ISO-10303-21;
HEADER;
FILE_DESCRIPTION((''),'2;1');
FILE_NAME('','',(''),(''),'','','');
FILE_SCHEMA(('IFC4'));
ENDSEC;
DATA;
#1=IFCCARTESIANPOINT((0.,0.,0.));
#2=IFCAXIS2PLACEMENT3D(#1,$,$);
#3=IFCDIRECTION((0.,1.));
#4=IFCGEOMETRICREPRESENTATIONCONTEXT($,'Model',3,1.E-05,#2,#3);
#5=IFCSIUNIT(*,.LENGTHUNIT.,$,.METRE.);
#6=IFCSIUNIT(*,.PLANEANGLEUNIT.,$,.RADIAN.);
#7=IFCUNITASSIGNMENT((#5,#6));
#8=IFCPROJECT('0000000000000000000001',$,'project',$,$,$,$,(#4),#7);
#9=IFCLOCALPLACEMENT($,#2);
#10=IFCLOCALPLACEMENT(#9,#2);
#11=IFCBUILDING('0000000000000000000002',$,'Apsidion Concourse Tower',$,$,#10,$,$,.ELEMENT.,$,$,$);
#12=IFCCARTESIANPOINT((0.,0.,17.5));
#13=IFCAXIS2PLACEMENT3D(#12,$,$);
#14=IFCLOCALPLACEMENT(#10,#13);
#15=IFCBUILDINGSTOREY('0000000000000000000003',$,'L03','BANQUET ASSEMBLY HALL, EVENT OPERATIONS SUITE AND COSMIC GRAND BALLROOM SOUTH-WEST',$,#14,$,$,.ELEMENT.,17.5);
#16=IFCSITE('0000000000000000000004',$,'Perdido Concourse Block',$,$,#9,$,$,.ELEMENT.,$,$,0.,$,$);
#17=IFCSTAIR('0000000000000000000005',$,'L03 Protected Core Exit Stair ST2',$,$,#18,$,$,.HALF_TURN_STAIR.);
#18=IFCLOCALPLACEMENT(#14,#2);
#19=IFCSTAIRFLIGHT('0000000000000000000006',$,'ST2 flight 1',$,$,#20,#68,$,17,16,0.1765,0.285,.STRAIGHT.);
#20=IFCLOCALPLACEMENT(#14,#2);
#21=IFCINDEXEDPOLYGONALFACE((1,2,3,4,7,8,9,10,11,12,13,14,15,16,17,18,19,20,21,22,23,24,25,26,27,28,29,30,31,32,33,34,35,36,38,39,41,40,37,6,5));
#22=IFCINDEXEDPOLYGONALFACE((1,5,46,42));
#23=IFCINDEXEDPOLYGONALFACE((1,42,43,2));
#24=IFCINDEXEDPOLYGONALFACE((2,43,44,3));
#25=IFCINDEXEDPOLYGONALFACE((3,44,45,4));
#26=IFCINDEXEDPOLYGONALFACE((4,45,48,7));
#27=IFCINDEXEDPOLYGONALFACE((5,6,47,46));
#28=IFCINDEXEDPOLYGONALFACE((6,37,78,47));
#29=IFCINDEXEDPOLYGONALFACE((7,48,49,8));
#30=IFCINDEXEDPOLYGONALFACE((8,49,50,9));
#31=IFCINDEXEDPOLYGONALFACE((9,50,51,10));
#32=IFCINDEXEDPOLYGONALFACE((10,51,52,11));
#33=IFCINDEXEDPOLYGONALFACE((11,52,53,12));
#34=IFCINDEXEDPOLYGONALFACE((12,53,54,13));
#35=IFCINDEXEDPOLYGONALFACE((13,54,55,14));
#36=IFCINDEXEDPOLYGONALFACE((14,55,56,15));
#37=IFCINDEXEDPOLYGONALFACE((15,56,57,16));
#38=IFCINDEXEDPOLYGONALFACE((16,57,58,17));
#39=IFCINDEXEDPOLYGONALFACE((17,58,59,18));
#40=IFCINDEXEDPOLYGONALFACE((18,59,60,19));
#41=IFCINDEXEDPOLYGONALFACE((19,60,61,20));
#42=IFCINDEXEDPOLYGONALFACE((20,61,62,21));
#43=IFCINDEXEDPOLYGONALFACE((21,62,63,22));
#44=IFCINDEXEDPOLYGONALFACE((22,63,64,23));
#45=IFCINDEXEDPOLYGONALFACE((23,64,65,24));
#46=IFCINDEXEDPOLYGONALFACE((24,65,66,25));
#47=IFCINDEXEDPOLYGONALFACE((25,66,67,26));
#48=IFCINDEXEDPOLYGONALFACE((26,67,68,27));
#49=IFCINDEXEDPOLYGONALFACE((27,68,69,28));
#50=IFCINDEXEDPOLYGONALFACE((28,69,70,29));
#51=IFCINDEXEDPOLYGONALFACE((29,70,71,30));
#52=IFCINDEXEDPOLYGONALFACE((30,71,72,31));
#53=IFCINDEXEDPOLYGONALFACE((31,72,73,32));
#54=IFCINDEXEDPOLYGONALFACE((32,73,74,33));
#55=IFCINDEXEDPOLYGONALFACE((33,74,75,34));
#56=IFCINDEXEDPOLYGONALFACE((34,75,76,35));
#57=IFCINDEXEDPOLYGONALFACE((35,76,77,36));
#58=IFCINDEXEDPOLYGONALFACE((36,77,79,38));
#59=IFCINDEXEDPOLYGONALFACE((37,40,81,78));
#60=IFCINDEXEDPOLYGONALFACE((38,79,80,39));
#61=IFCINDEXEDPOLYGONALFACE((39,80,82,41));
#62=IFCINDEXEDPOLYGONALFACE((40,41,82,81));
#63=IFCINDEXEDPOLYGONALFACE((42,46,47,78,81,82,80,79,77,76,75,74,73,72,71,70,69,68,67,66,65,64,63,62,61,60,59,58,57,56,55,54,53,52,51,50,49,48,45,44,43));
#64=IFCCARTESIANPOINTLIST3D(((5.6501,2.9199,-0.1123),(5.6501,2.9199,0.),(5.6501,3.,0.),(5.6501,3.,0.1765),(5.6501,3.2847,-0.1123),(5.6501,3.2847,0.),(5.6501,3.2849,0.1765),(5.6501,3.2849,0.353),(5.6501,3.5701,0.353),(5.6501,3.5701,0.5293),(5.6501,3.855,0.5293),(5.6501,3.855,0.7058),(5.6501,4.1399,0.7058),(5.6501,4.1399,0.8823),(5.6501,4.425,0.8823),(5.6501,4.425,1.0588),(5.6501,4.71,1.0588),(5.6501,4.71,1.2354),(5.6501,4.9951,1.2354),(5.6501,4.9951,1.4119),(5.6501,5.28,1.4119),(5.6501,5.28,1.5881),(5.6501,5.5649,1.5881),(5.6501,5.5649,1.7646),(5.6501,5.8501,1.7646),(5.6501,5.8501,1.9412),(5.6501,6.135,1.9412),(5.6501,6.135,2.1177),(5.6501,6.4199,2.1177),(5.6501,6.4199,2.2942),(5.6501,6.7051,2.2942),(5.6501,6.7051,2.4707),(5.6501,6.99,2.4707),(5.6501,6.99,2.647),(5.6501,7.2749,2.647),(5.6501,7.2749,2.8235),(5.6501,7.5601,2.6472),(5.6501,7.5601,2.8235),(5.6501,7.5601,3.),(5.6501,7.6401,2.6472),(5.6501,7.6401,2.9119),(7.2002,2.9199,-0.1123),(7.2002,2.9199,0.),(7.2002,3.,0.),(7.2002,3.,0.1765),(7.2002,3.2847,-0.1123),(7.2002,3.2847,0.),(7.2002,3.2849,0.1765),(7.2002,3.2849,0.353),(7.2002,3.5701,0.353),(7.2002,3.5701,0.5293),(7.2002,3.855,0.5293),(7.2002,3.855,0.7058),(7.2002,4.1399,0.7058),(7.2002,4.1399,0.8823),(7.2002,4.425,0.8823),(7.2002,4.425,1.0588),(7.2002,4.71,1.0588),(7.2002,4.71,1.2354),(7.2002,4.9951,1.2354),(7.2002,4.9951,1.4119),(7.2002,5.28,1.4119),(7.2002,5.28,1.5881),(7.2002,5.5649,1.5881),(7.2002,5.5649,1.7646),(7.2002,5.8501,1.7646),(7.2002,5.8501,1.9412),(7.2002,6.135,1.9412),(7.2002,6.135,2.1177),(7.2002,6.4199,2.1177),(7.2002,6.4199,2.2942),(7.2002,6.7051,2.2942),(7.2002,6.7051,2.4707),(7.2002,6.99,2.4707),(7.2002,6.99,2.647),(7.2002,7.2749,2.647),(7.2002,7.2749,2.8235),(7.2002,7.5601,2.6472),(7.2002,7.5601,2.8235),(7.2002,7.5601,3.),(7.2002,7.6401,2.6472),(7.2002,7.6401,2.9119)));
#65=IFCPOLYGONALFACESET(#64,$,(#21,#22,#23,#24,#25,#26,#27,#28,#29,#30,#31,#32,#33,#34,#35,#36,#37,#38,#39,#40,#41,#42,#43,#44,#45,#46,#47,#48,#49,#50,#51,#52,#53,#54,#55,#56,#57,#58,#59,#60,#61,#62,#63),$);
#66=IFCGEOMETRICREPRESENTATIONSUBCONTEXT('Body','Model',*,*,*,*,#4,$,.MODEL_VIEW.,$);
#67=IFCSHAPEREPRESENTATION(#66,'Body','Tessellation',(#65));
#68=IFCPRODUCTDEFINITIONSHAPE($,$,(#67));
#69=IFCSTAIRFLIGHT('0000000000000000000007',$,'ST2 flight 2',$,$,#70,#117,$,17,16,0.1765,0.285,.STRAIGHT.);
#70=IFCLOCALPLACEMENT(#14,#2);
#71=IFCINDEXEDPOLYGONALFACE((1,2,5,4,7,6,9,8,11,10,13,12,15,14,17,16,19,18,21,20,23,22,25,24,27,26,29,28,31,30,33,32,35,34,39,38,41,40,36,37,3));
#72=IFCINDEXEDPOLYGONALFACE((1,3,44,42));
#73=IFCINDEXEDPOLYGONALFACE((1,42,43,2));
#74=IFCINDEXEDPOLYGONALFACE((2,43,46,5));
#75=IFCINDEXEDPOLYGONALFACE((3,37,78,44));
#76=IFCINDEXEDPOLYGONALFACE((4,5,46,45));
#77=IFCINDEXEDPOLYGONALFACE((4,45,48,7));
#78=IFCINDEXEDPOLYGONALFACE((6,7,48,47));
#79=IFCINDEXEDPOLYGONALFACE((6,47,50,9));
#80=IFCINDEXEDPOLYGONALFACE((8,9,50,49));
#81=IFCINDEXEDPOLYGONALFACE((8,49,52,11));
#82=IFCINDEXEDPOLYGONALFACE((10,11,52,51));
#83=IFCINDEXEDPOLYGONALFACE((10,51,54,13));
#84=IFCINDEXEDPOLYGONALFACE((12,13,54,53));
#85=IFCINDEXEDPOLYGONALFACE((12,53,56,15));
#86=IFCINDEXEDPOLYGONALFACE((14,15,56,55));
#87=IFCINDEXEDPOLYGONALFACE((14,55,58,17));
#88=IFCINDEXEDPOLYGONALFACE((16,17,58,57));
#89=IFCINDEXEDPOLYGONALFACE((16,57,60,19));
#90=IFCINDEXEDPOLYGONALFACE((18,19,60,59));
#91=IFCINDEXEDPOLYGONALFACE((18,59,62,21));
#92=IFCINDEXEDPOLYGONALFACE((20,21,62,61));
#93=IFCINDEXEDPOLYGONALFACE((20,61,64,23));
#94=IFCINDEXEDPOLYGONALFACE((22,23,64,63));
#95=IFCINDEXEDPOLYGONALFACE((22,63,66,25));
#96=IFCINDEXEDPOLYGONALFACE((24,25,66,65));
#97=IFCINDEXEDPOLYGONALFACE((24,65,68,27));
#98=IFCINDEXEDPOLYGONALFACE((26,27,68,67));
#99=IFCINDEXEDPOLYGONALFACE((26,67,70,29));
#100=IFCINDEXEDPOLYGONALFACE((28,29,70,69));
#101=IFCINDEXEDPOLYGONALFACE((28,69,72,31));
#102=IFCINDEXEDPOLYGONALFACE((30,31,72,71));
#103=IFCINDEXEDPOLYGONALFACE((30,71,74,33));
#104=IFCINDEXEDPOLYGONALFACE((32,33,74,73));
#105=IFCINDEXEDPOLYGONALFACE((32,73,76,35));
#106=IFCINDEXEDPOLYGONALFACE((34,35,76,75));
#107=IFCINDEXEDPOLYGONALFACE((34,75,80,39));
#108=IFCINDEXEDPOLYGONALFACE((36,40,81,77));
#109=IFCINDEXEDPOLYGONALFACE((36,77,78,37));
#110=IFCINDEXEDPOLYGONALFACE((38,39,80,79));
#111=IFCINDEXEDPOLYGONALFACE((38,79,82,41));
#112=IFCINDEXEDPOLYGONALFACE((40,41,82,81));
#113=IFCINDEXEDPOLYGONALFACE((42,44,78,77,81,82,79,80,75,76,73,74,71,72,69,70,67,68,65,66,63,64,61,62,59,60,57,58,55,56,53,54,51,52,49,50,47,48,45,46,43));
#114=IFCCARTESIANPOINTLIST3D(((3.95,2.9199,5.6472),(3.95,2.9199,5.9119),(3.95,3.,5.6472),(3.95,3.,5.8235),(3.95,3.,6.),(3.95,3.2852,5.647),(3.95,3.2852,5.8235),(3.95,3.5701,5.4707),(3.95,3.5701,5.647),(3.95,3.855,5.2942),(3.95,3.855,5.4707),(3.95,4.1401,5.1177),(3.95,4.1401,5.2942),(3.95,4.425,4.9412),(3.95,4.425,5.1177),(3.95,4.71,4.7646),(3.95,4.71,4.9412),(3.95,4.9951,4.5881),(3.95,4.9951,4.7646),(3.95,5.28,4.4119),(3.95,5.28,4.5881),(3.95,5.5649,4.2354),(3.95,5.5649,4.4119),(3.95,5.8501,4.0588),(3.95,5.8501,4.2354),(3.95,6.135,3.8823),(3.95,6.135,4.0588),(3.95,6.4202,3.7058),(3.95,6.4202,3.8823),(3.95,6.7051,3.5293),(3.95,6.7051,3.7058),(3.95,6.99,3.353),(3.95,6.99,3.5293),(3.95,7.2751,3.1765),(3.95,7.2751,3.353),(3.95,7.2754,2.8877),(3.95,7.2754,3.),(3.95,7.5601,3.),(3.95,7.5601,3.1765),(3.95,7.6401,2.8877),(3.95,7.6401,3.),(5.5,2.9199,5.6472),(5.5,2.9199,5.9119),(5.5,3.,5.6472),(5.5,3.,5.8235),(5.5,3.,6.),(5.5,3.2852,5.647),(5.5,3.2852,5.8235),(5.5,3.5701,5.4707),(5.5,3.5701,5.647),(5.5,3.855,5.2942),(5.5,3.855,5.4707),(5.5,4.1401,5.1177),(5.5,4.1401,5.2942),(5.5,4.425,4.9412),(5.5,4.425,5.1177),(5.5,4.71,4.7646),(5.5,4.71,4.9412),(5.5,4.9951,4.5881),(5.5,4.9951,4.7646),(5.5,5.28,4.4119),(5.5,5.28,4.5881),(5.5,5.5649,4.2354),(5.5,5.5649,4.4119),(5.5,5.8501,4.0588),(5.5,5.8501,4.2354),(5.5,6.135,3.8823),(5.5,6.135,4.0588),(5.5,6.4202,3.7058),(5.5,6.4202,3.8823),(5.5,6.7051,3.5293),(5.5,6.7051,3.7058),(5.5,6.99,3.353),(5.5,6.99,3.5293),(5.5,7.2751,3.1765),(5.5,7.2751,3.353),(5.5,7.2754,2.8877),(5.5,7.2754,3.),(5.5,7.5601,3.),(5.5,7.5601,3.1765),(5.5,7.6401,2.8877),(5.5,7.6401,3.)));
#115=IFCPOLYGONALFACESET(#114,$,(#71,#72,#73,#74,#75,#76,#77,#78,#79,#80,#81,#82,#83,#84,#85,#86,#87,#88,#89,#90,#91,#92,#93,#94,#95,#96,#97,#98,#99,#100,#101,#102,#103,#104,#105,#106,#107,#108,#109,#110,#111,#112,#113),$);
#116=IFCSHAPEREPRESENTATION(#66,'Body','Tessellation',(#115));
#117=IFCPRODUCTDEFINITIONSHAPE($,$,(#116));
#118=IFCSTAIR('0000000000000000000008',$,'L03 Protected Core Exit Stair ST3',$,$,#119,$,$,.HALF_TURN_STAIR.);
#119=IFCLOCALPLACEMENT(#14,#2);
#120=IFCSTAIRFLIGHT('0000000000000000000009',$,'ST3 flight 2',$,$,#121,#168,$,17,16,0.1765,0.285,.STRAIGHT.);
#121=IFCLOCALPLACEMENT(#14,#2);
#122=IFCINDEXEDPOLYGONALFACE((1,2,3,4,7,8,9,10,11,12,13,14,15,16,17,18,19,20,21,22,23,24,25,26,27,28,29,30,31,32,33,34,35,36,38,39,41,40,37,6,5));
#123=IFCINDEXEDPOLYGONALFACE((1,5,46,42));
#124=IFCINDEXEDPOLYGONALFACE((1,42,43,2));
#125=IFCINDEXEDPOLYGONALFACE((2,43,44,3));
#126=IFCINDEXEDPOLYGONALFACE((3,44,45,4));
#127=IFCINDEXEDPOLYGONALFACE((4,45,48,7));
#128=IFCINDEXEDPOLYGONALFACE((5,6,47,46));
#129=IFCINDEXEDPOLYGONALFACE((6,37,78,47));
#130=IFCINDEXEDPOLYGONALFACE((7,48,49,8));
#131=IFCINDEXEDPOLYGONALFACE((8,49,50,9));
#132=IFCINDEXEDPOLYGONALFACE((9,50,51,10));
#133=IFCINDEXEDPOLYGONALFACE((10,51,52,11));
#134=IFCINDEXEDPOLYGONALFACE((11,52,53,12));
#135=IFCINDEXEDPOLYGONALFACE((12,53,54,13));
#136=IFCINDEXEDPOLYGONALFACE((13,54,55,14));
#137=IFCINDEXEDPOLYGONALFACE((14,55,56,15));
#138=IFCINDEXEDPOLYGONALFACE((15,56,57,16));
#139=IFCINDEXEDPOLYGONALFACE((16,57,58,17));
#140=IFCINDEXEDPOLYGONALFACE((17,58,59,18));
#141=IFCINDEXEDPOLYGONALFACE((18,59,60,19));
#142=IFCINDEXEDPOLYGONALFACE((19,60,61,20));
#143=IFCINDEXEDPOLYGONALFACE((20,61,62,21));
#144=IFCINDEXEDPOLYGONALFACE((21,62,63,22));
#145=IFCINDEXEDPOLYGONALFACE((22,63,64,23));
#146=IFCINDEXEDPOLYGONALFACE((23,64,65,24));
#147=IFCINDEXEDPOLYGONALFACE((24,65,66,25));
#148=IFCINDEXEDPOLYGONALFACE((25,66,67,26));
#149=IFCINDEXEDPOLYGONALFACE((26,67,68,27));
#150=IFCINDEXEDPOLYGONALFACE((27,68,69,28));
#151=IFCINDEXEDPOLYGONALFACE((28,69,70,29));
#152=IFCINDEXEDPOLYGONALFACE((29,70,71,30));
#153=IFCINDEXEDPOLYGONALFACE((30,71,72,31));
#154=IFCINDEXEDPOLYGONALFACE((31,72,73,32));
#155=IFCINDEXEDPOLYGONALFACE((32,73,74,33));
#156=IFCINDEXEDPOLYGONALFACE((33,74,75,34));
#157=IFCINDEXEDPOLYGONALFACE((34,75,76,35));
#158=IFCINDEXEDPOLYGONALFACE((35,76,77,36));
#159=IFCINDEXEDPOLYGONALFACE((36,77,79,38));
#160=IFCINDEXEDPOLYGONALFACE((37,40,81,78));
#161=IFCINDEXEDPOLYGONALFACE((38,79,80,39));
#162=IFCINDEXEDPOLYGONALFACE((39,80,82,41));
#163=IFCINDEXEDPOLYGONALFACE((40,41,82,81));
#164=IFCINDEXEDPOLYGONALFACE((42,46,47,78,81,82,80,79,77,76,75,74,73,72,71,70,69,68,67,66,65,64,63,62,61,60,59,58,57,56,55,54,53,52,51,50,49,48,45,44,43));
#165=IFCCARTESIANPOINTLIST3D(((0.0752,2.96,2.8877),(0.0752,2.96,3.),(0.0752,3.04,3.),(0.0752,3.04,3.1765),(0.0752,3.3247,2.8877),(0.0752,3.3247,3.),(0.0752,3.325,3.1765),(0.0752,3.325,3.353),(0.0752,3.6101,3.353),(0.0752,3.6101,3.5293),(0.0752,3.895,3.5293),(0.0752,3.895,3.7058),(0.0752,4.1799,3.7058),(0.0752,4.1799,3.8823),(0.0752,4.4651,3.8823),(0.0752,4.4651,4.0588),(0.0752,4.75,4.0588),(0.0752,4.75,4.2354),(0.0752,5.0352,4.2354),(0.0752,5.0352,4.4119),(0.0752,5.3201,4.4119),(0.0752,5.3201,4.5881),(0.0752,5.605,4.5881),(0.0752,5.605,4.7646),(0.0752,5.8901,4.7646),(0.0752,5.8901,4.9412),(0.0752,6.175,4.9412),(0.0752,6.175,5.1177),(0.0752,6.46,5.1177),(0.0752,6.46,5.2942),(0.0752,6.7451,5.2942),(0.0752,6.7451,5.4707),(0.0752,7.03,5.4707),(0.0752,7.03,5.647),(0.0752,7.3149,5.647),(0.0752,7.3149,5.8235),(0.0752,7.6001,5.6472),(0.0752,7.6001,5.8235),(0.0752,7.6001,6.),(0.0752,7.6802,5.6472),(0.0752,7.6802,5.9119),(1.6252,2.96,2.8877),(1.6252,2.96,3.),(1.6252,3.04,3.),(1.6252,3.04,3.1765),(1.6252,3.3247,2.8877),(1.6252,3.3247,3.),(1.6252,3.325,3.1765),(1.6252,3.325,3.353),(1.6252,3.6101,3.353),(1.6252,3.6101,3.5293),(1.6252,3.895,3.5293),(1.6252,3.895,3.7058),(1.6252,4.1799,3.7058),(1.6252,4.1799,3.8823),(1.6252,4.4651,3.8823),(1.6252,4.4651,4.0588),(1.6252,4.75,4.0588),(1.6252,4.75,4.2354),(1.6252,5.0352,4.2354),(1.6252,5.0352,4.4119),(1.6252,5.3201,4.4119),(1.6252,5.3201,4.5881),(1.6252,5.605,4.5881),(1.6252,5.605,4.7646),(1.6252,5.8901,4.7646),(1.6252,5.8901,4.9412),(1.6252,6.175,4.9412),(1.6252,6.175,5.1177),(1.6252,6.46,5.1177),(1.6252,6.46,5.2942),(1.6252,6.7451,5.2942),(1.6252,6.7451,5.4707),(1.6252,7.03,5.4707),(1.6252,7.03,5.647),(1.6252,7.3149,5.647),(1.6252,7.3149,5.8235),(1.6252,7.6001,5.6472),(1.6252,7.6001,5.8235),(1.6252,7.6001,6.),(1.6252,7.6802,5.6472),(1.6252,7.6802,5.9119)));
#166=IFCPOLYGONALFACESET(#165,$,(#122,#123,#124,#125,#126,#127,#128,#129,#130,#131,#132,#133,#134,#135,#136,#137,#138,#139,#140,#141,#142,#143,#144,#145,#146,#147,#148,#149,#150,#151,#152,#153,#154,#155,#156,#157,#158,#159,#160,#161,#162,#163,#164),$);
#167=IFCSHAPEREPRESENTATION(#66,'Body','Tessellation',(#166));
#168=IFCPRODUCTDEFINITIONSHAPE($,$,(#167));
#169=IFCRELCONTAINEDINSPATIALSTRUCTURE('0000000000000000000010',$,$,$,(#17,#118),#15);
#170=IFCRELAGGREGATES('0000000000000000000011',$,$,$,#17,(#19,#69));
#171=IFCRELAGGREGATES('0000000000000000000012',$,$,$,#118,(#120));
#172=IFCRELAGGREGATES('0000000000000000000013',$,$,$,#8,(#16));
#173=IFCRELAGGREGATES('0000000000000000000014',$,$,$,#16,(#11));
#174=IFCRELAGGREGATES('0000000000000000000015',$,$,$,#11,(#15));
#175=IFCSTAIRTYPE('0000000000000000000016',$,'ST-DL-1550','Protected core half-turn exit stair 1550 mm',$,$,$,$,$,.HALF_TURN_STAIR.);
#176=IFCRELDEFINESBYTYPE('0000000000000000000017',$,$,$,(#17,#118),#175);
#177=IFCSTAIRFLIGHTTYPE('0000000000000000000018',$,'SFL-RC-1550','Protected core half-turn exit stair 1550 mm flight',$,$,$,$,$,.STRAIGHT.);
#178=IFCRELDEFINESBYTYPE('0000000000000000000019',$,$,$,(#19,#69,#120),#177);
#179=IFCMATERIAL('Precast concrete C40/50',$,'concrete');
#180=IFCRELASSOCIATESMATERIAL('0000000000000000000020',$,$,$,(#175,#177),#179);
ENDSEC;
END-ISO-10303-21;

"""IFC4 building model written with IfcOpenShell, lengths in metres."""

from ifc_helpers import new_model, si_unit, direction, frame, origin, place, context, subcontext, project, spatial, polyline, outline, extrude, material, type_object, element, aggregate, save


model = new_model("IFC4")

# Units and contexts
model_context = context("Model", 3, precision=1e-05, world=origin(), true_north=direction((0.0, 1.0)))
body_context = subcontext(model_context, "Body", "Model", "MODEL_VIEW")
ifc_project = project(units=[si_unit("LENGTHUNIT", "METRE"), si_unit("PLANEANGLEUNIT", "RADIAN")], contexts=[model_context])

# Site, building, storey
site_placement = place(None, origin())
site = spatial("IfcSite", under=ifc_project, at=site_placement, Name="Perdido Concourse Block", CompositionType="ELEMENT", RefElevation=0.0)
building_placement = place(site_placement, origin())
building = spatial("IfcBuilding", under=site, at=building_placement, Name="Apsidion Concourse Tower", CompositionType="ELEMENT")
storey_placement = place(building_placement, frame((0.0, 0.0, 17.5)))
storey = spatial("IfcBuildingStorey", under=building, at=storey_placement, Name="L03", Description="BANQUET ASSEMBLY HALL, EVENT OPERATIONS SUITE AND COSMIC GRAND BALLROOM SOUTH-WEST", CompositionType="ELEMENT", Elevation=17.5)

# Stair, stair flights
ifc_material_1 = material(Name="Precast concrete C40/50", Category="concrete")
stair_type = type_object("IfcStairType", Name="ST-DL-1550", Description="Protected core half-turn exit stair 1550 mm", PredefinedType="HALF_TURN_STAIR", material=ifc_material_1)
stair_1_placement = place(storey_placement, origin())
stair_1 = element("IfcStair", 1, at=stair_1_placement, inside=storey, type_object=stair_type, Name="L03 Protected Core Exit Stair ST2", PredefinedType="HALF_TURN_STAIR")
stair_flight_type = type_object("IfcStairFlightType", Name="SFL-RC-1550", Description="Protected core half-turn exit stair 1550 mm flight", PredefinedType="STRAIGHT", material=ifc_material_1)
stair_flight_1_placement = place(storey_placement, frame((6.425, 3.0, 0.0), z_axis=(0.0, 0.0, 1.0), x_axis=(0.0, 1.0, 0.0)))
stair_flight_1 = element("IfcStairFlight", 2, at=stair_flight_1_placement, type_object=stair_flight_type, Name="ST2 flight 1", NumberOfRisers=17, NumberOfTreads=16, PredefinedType="STRAIGHT", RiserHeight=0.1765, TreadLength=0.285, context=body_context, shape_type="SweptSolid", body=[
    extrude(outline(polyline([(-0.0801, -0.1123), (-0.0801, 0.0), (0.0, 0.0), (0.0, 0.1765), (0.2849, 0.1765), (0.2849, 0.353), (0.5701, 0.353), (0.5701, 0.5293), (0.855, 0.5293), (0.855, 0.7058), (1.1399, 0.7058), (1.1399, 0.8823), (1.425, 0.8823), (1.425, 1.0588), (1.71, 1.0588), (1.71, 1.2354), (1.9951, 1.2354), (1.9951, 1.4119), (2.28, 1.4119), (2.28, 1.5881), (2.5649, 1.5881), (2.5649, 1.7646), (2.8501, 1.7646), (2.8501, 1.9412), (3.135, 1.9412), (3.135, 2.1177), (3.4199, 2.1177), (3.4199, 2.2942), (3.7051, 2.2942), (3.7051, 2.4707), (3.99, 2.4707), (3.99, 2.647), (4.2749, 2.647), (4.2749, 2.8235), (4.5601, 2.8235), (4.5601, 3.0), (4.6401, 2.9119), (4.6401, 2.6472), (4.5601, 2.6472), (0.2847, 0.0), (0.2847, -0.1123), (-0.0801, -0.1123)])), frame((0.0, 0.7749, 0.0), z_axis=(0.0, -1.0, 0.0), x_axis=(1.0, 0.0, 0.0)), (0.0, 0.0, 1.0), 1.55),
])
stair_flight_2_placement = place(storey_placement, frame((4.7251, 7.5601, 3.0), z_axis=(0.0, 0.0, 1.0), x_axis=(0.0, -1.0, 0.0)))
stair_flight_2 = element("IfcStairFlight", 3, at=stair_flight_2_placement, type_object=stair_flight_type, Name="ST2 flight 2", NumberOfRisers=17, NumberOfTreads=16, PredefinedType="STRAIGHT", RiserHeight=0.1765, TreadLength=0.285, context=body_context, shape_type="SweptSolid", body=[
    extrude(outline(polyline([(-0.0801, -0.1123), (-0.0801, 0.0), (0.0, 0.0), (0.0, 0.1765), (0.2849, 0.1765), (0.2849, 0.353), (0.5701, 0.353), (0.5701, 0.5293), (0.855, 0.5293), (0.855, 0.7058), (1.1399, 0.7058), (1.1399, 0.8823), (1.425, 0.8823), (1.425, 1.0588), (1.71, 1.0588), (1.71, 1.2354), (1.9951, 1.2354), (1.9951, 1.4119), (2.28, 1.4119), (2.28, 1.5881), (2.5649, 1.5881), (2.5649, 1.7646), (2.8501, 1.7646), (2.8501, 1.9412), (3.135, 1.9412), (3.135, 2.1177), (3.4199, 2.1177), (3.4199, 2.2942), (3.7051, 2.2942), (3.7051, 2.4707), (3.99, 2.4707), (3.99, 2.647), (4.2749, 2.647), (4.2749, 2.8235), (4.5601, 2.8235), (4.5601, 3.0), (4.6401, 2.9119), (4.6401, 2.6472), (4.5601, 2.6472), (0.2847, 0.0), (0.2847, -0.1123), (-0.0801, -0.1123)])), frame((0.0, 0.7749, 0.0), z_axis=(0.0, -1.0, 0.0), x_axis=(1.0, 0.0, 0.0)), (0.0, 0.0, 1.0), 1.55),
])
aggregate(stair_1, [stair_flight_1, stair_flight_2])

# Stair, stair flight
stair_2_placement = place(storey_placement, origin())
stair_2 = element("IfcStair", 4, at=stair_2_placement, inside=storey, type_object=stair_type, Name="L03 Protected Core Exit Stair ST3", PredefinedType="HALF_TURN_STAIR")
stair_flight_3_placement = place(storey_placement, frame((0.8501, 3.04, 3.0), z_axis=(0.0, 0.0, 1.0), x_axis=(0.0, 1.0, 0.0)))
stair_flight_3 = element("IfcStairFlight", 5, at=stair_flight_3_placement, type_object=stair_flight_type, Name="ST3 flight 2", NumberOfRisers=17, NumberOfTreads=16, PredefinedType="STRAIGHT", RiserHeight=0.1765, TreadLength=0.285, context=body_context, shape_type="SweptSolid", body=[
    extrude(outline(polyline([(-0.0801, -0.1123), (-0.0801, 0.0), (0.0, 0.0), (0.0, 0.1765), (0.2849, 0.1765), (0.2849, 0.353), (0.5701, 0.353), (0.5701, 0.5293), (0.855, 0.5293), (0.855, 0.7058), (1.1399, 0.7058), (1.1399, 0.8823), (1.425, 0.8823), (1.425, 1.0588), (1.71, 1.0588), (1.71, 1.2354), (1.9951, 1.2354), (1.9951, 1.4119), (2.28, 1.4119), (2.28, 1.5881), (2.5649, 1.5881), (2.5649, 1.7646), (2.8501, 1.7646), (2.8501, 1.9412), (3.135, 1.9412), (3.135, 2.1177), (3.4199, 2.1177), (3.4199, 2.2942), (3.7051, 2.2942), (3.7051, 2.4707), (3.99, 2.4707), (3.99, 2.647), (4.2749, 2.647), (4.2749, 2.8235), (4.5601, 2.8235), (4.5601, 3.0), (4.6401, 2.9119), (4.6401, 2.6472), (4.5601, 2.6472), (0.2847, 0.0), (0.2847, -0.1123), (-0.0801, -0.1123)])), frame((0.0, 0.7749, 0.0), z_axis=(0.0, -1.0, 0.0), x_axis=(1.0, 0.0, 0.0)), (0.0, 0.0, 1.0), 1.55),
])
aggregate(stair_2, [stair_flight_3])

save(model, "model.ifc")
